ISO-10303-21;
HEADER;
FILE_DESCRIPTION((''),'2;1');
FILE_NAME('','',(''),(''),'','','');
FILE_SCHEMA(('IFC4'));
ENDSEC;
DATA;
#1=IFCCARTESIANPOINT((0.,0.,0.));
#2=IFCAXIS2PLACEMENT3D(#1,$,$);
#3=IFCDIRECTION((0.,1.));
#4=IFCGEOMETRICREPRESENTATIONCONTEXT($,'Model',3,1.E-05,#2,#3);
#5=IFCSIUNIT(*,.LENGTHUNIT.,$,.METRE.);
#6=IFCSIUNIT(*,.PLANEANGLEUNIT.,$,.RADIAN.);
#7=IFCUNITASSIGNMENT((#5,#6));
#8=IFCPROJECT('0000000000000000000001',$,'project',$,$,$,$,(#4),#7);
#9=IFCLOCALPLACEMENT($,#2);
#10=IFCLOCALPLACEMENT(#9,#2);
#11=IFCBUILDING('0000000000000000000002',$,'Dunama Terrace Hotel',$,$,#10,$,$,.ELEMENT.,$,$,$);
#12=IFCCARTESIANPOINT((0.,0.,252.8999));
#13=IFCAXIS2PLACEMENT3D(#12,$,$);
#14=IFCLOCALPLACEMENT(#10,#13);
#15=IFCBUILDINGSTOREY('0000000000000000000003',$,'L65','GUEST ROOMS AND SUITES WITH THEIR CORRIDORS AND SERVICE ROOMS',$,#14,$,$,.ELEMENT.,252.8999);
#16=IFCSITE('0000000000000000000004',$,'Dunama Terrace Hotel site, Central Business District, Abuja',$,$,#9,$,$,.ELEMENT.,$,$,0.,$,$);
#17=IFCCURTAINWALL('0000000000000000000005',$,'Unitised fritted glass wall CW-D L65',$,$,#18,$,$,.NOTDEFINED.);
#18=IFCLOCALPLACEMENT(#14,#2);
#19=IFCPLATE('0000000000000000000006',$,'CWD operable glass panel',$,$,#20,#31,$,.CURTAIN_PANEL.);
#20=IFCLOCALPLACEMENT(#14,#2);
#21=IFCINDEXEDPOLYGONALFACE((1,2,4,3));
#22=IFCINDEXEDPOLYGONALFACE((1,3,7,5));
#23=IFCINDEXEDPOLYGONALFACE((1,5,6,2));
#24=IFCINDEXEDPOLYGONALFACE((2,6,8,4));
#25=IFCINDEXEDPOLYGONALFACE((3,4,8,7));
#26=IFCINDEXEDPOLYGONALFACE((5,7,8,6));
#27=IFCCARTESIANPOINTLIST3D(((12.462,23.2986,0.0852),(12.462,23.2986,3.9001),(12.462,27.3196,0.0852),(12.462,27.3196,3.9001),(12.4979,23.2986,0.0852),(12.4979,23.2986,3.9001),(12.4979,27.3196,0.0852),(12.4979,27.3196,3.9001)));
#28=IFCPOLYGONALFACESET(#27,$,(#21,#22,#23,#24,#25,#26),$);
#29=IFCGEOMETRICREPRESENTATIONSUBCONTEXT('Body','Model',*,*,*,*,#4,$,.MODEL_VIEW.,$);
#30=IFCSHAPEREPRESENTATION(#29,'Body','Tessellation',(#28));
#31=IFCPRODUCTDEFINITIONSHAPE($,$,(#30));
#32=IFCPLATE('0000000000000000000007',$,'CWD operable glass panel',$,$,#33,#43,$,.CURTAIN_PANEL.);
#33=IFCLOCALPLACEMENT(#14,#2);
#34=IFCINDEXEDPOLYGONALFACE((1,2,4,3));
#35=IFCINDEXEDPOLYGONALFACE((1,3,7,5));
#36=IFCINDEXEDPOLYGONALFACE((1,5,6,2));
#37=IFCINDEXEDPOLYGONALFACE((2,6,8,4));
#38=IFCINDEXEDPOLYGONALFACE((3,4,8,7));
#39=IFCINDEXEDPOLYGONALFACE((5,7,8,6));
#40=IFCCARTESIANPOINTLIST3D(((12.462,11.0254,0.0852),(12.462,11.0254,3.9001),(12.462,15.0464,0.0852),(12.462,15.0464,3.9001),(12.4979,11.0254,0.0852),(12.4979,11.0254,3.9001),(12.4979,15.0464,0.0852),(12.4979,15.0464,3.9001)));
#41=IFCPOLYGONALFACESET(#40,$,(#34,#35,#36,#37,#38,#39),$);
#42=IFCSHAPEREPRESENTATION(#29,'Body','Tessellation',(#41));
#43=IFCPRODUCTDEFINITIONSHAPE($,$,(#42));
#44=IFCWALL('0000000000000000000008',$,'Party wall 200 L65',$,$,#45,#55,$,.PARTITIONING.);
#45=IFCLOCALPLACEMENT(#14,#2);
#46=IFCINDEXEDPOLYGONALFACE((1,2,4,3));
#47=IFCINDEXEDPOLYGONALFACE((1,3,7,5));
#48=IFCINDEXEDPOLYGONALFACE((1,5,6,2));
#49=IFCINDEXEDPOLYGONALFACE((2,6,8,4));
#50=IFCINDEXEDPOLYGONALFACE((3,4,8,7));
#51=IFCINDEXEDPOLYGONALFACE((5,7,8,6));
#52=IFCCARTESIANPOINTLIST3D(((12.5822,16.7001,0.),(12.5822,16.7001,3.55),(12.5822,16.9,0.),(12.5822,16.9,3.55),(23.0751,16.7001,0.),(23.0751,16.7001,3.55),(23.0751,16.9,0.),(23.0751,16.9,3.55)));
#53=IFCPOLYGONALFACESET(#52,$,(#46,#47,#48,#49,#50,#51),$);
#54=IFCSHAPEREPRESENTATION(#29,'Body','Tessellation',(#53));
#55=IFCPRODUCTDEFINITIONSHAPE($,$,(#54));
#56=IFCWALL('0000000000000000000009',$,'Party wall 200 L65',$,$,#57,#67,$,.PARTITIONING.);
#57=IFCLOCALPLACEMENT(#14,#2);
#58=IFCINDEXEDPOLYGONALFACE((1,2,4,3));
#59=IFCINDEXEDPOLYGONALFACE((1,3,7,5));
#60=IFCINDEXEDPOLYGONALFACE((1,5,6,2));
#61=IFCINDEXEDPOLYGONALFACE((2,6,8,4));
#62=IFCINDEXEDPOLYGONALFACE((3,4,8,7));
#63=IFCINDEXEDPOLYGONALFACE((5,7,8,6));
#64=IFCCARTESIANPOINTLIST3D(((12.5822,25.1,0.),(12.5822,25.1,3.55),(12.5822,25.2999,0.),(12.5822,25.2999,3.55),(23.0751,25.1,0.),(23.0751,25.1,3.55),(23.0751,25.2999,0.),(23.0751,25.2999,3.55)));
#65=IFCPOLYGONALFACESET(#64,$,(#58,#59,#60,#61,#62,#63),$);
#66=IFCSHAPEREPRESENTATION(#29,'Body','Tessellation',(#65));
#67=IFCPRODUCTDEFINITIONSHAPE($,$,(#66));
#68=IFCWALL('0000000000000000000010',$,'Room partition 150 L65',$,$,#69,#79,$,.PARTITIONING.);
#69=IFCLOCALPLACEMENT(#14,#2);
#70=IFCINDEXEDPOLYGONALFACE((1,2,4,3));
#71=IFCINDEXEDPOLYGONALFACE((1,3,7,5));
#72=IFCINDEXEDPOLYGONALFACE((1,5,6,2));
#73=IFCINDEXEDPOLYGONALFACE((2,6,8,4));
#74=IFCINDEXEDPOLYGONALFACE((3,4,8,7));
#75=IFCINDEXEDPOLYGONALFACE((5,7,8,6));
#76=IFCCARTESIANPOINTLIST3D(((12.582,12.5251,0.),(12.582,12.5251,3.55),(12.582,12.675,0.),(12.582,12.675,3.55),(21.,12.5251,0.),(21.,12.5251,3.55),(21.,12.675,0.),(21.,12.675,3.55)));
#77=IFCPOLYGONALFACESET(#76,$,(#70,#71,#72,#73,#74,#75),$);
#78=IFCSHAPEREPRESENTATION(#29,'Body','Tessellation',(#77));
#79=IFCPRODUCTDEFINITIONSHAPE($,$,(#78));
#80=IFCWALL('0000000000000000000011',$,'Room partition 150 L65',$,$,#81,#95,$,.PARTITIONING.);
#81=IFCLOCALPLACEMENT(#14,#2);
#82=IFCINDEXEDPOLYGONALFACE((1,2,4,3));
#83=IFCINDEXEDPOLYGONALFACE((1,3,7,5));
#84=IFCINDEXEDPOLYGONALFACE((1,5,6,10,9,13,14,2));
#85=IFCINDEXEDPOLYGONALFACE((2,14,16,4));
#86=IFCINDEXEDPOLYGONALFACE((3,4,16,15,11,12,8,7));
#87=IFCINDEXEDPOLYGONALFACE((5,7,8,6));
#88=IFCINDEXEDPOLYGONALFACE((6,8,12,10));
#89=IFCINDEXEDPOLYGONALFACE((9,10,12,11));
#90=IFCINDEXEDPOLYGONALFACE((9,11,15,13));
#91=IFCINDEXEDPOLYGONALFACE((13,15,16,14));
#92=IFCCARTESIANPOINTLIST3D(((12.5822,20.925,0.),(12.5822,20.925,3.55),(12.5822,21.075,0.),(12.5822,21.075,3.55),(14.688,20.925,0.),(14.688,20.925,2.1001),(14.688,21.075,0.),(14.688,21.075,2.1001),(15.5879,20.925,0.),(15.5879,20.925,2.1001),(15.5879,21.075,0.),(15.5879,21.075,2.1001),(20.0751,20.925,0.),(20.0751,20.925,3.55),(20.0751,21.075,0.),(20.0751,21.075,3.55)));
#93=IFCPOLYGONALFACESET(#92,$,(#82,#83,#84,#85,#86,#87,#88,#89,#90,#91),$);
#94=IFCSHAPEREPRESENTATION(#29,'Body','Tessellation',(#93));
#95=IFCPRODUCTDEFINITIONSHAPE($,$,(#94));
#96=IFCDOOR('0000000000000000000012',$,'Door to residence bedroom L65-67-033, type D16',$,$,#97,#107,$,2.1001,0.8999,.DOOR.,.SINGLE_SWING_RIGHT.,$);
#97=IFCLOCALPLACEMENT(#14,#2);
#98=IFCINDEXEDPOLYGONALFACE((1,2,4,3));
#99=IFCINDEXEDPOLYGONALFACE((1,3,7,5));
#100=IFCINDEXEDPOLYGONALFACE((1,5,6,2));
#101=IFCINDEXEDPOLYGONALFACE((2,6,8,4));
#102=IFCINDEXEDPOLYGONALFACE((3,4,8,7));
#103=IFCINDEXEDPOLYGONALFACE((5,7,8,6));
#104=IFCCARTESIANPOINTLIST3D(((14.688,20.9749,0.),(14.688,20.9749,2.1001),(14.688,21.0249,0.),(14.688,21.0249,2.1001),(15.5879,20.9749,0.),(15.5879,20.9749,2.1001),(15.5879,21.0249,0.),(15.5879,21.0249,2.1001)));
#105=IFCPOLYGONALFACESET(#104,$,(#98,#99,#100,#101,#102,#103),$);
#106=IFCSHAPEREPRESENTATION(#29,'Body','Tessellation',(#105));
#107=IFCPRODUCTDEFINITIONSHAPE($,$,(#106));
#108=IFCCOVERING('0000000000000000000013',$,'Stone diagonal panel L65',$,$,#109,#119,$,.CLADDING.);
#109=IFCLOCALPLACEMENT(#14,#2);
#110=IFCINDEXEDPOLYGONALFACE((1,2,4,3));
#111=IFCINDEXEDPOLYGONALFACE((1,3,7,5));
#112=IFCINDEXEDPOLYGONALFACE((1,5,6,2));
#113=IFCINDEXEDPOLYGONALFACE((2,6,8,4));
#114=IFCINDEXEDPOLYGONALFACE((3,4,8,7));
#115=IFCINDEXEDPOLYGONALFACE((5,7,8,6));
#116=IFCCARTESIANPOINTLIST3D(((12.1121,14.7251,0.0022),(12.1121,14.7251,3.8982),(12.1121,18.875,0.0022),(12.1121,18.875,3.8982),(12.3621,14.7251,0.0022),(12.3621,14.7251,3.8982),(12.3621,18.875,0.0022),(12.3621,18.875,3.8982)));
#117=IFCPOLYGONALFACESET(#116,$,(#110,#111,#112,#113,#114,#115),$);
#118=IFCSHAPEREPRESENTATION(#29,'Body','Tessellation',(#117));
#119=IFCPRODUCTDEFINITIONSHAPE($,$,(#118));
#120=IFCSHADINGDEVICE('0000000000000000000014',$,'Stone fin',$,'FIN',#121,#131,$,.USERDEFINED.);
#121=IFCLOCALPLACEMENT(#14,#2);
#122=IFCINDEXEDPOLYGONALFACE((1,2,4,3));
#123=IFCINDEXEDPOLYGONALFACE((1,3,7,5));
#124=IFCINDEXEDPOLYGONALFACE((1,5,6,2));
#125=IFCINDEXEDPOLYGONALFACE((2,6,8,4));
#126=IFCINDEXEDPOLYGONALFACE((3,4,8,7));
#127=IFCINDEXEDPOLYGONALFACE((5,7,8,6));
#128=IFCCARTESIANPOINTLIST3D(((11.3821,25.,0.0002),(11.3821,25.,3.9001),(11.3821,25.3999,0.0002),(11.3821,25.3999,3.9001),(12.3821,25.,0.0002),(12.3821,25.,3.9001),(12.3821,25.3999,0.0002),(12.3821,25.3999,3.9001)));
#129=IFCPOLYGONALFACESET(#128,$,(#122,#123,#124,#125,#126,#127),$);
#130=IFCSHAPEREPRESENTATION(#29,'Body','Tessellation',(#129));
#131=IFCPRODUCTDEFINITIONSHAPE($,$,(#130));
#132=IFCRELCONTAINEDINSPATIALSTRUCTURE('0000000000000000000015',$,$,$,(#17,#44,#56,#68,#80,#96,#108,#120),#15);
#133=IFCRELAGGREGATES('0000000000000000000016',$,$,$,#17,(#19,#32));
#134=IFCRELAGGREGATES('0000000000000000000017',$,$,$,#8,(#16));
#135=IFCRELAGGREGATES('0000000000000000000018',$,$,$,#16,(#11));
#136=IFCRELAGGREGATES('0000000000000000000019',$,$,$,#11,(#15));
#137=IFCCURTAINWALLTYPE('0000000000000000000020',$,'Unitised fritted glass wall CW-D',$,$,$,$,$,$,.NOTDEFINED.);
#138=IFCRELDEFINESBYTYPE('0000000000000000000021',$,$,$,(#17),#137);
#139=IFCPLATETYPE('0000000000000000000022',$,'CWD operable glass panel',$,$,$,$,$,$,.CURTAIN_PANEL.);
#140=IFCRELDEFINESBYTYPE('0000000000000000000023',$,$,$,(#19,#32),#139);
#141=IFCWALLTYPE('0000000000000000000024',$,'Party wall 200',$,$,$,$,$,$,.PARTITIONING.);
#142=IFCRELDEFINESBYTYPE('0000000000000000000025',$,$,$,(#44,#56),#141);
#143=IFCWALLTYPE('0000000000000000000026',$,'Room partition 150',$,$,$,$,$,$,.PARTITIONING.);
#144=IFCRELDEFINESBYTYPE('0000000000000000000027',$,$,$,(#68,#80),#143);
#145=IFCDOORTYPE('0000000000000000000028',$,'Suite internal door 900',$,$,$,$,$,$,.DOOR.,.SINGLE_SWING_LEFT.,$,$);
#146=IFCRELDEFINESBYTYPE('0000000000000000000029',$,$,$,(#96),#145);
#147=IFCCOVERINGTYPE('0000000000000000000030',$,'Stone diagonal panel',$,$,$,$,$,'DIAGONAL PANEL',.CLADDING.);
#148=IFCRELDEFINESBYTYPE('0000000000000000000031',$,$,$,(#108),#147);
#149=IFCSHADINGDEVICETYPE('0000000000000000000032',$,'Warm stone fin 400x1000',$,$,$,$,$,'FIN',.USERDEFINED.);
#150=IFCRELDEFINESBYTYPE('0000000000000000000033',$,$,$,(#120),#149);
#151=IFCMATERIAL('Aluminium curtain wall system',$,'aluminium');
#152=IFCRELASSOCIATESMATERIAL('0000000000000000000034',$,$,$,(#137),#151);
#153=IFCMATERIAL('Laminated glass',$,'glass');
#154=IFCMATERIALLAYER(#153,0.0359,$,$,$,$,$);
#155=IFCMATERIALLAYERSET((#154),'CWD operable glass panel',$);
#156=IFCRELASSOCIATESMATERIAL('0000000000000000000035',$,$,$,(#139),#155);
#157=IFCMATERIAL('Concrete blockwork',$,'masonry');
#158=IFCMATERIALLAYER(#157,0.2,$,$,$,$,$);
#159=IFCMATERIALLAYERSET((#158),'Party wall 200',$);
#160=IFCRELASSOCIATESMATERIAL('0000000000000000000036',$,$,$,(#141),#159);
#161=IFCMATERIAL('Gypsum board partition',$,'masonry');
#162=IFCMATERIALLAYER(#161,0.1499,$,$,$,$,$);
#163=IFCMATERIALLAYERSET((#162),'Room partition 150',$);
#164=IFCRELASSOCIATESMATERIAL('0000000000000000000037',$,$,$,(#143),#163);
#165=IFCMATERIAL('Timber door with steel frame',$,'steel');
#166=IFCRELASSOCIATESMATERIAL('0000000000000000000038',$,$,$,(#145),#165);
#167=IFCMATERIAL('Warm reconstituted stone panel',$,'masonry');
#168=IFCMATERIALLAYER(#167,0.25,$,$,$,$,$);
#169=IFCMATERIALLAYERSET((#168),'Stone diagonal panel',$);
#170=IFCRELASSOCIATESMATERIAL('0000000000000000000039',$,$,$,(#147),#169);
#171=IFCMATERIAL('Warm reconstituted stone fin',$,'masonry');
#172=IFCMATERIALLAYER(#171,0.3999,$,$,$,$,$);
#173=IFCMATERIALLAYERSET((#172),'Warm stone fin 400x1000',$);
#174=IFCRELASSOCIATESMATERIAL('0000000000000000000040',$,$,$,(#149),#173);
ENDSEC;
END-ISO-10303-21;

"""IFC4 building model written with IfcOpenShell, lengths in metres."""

from ifc_helpers import new_model, si_unit, direction, frame, frame_2d, origin, origin_2d, place, context, subcontext, project, spatial, rectangle, extrude, material, layer, layer_set, type_object, element, fill, aggregate, save


model = new_model("IFC4")

# Units and contexts
model_context = context("Model", 3, precision=1e-05, world=origin(), true_north=direction((0.0, 1.0)))
body_context = subcontext(model_context, "Body", "Model", "MODEL_VIEW")
ifc_project = project(units=[si_unit("LENGTHUNIT", "METRE"), si_unit("PLANEANGLEUNIT", "RADIAN")], contexts=[model_context])

# Site, building, storey
site_placement = place(None, origin())
site = spatial("IfcSite", under=ifc_project, at=site_placement, Name="Dunama Terrace Hotel site, Central Business District, Abuja", CompositionType="ELEMENT", RefElevation=0.0)
building_placement = place(site_placement, origin())
building = spatial("IfcBuilding", under=site, at=building_placement, Name="Dunama Terrace Hotel", CompositionType="ELEMENT")
storey_placement = place(building_placement, frame((0.0, 0.0, 252.8999)))
storey = spatial("IfcBuildingStorey", under=building, at=storey_placement, Name="L65", Description="GUEST ROOMS AND SUITES WITH THEIR CORRIDORS AND SERVICE ROOMS", CompositionType="ELEMENT", Elevation=252.8999)

# Curtain wall
ifc_material_1 = material(Name="Aluminium curtain wall system", Category="aluminium")
curtain_wall_type = type_object("IfcCurtainWallType", Name="Unitised fritted glass wall CW-D", PredefinedType="NOTDEFINED", material=ifc_material_1)
curtain_wall_placement = place(storey_placement, origin())
curtain_wall = element("IfcCurtainWall", 1, at=curtain_wall_placement, inside=storey, type_object=curtain_wall_type, Name="Unitised fritted glass wall CW-D L65", PredefinedType="NOTDEFINED")

# Plates
ifc_material_2 = material(Name="Laminated glass", Category="glass")
ifc_layer_1 = layer(ifc_material_2, 0.0359)
ifc_layer_set_1 = layer_set([ifc_layer_1], Name="CWD operable glass panel")
plate_type_1 = type_object("IfcPlateType", Name="CWD operable glass panel", PredefinedType="CURTAIN_PANEL", material=ifc_layer_set_1)
plate_1_placement = place(storey_placement, frame((12.48, 25.3091, 0.0852), z_axis=(0.0, 0.0, 1.0), x_axis=(0.0, -1.0, 0.0)))
plate_1 = element("IfcPlate", 2, at=plate_1_placement, type_object=plate_type_1, Name="CWD operable glass panel", PredefinedType="CURTAIN_PANEL", context=body_context, shape_type="SweptSolid", body=[
    extrude(rectangle(XDim=4.021, YDim=0.0359, at=origin_2d()), origin(), (0.0, 0.0, 1.0), 3.8149),
])
plate_2_placement = place(storey_placement, frame((12.48, 13.0359, 0.0852), z_axis=(0.0, 0.0, 1.0), x_axis=(0.0, -1.0, 0.0)))
plate_2 = element("IfcPlate", 3, at=plate_2_placement, type_object=plate_type_1, Name="CWD operable glass panel", PredefinedType="CURTAIN_PANEL", context=body_context, shape_type="SweptSolid", body=[
    extrude(rectangle(XDim=4.021, YDim=0.0359, at=origin_2d()), origin(), (0.0, 0.0, 1.0), 3.8149),
])
aggregate(curtain_wall, [plate_1, plate_2])

# Walls
ifc_material_3 = material(Name="Concrete blockwork", Category="masonry")
ifc_layer_2 = layer(ifc_material_3, 0.2)
ifc_layer_set_2 = layer_set([ifc_layer_2], Name="Party wall 200")
wall_type_1 = type_object("IfcWallType", Name="Party wall 200", PredefinedType="PARTITIONING", material=ifc_layer_set_2)
for number, where, z_axis, x_axis, name in (
    (4, (12.582, 16.8, 0.0), (0.0, 0.0, 1.0), (1.0, 0.0, 0.0), "Party wall 200 L65"),
    (5, (12.582, 25.2, 0.0), (0.0, 0.0, 1.0), (1.0, 0.0, 0.0), "Party wall 200 L65"),
):
    element("IfcWall", number, at=place(storey_placement, frame(where, z_axis=z_axis, x_axis=x_axis)), inside=storey, type_object=wall_type_1, Name=name, PredefinedType="PARTITIONING", context=body_context, shape_type="SweptSolid", body=[
        extrude(rectangle(XDim=10.4929, YDim=0.2, at=frame_2d((5.2466, 0.0))), origin(), (0.0, 0.0, 1.0), 3.55),
    ])
ifc_material_4 = material(Name="Gypsum board partition", Category="masonry")
ifc_layer_3 = layer(ifc_material_4, 0.1499)
ifc_layer_set_3 = layer_set([ifc_layer_3], Name="Room partition 150")
wall_type_2 = type_object("IfcWallType", Name="Room partition 150", PredefinedType="PARTITIONING", material=ifc_layer_set_3)
wall_1_placement = place(storey_placement, frame((12.582, 12.6001, 0.0), z_axis=(0.0, 0.0, 1.0), x_axis=(1.0, 0.0, 0.0)))
element("IfcWall", 6, at=wall_1_placement, inside=storey, type_object=wall_type_2, Name="Room partition 150 L65", PredefinedType="PARTITIONING", context=body_context, shape_type="SweptSolid", body=[
    extrude(rectangle(XDim=8.418, YDim=0.1499, at=frame_2d((4.209, 0.0))), origin(), (0.0, 0.0, 1.0), 3.55),
])

# Wall, opening, door
wall_2_placement = place(storey_placement, frame((12.582, 21.0, 0.0), z_axis=(0.0, 0.0, 1.0), x_axis=(1.0, 0.0, 0.0)))
wall_2 = element("IfcWall", 7, at=wall_2_placement, inside=storey, type_object=wall_type_2, Name="Room partition 150 L65", PredefinedType="PARTITIONING", context=body_context, shape_type="SweptSolid", body=[
    extrude(rectangle(XDim=7.4929, YDim=0.1499, at=frame_2d((3.7466, 0.0))), origin(), (0.0, 0.0, 1.0), 3.55),
])
opening_placement = place(wall_2_placement, frame((2.106, 0.0, 0.0)))
opening = element("IfcOpeningElement", 8, at=opening_placement, cuts=wall_2, PredefinedType="OPENING", context=body_context, shape_type="SweptSolid", body=[
    extrude(rectangle(XDim=0.8999, YDim=2.1001, at=frame_2d((0.45, 1.05))), frame((0.0, 0.085, 0.0), z_axis=(0.0, -1.0, 0.0), x_axis=(1.0, 0.0, 0.0)), (0.0, 0.0, 1.0), 0.1699),
])
ifc_material_5 = material(Name="Timber door with steel frame", Category="steel")
door_type = type_object("IfcDoorType", Name="Suite internal door 900", OperationType="SINGLE_SWING_LEFT", PredefinedType="DOOR", material=ifc_material_5)
door_placement = place(opening_placement, origin())
door = element("IfcDoor", 9, at=door_placement, inside=storey, type_object=door_type, Name="Door to residence bedroom L65-67-033, type D16", OperationType="SINGLE_SWING_RIGHT", OverallHeight=2.1001, OverallWidth=0.8999, PredefinedType="DOOR", context=body_context, shape_type="SweptSolid", body=[
    extrude(rectangle(XDim=0.8999, YDim=2.1001, at=frame_2d((0.45, 1.05))), frame((0.0, 0.0249, 0.0), z_axis=(0.0, -1.0, 0.0), x_axis=(1.0, 0.0, 0.0)), (0.0, 0.0, 1.0), 0.05),
])
fill(opening, door)

# Covering
ifc_material_6 = material(Name="Warm reconstituted stone panel", Category="masonry")
ifc_layer_4 = layer(ifc_material_6, 0.25)
ifc_layer_set_4 = layer_set([ifc_layer_4], Name="Stone diagonal panel")
covering_type = type_object("IfcCoveringType", Name="Stone diagonal panel", ElementType="DIAGONAL PANEL", PredefinedType="CLADDING", material=ifc_layer_set_4)
covering_placement = place(storey_placement, frame((12.2371, 16.8, 0.0022), z_axis=(0.0, 0.0, 1.0), x_axis=(0.0, -1.0, 0.0)))
element("IfcCovering", 10, at=covering_placement, inside=storey, type_object=covering_type, Name="Stone diagonal panel L65", PredefinedType="CLADDING", context=body_context, shape_type="SweptSolid", body=[
    extrude(rectangle(XDim=4.1499, YDim=0.25, at=origin_2d()), origin(), (0.0, 0.0, 1.0), 3.896),
])

# Shading device
ifc_material_7 = material(Name="Warm reconstituted stone fin", Category="masonry")
ifc_layer_5 = layer(ifc_material_7, 0.3999)
ifc_layer_set_5 = layer_set([ifc_layer_5], Name="Warm stone fin 400x1000")
shading_device_type = type_object("IfcShadingDeviceType", Name="Warm stone fin 400x1000", ElementType="FIN", PredefinedType="USERDEFINED", material=ifc_layer_set_5)
shading_device_placement = place(storey_placement, frame((11.8821, 25.2, 0.0002), z_axis=(0.0, 0.0, 1.0), x_axis=(0.0, -1.0, 0.0)))
element("IfcShadingDevice", 11, at=shading_device_placement, inside=storey, type_object=shading_device_type, Name="Stone fin", ObjectType="FIN", PredefinedType="USERDEFINED", context=body_context, shape_type="SweptSolid", body=[
    extrude(rectangle(XDim=0.3999, YDim=1.0, at=origin_2d()), origin(), (0.0, 0.0, 1.0), 3.8999),
])

save(model, "model.ifc")
